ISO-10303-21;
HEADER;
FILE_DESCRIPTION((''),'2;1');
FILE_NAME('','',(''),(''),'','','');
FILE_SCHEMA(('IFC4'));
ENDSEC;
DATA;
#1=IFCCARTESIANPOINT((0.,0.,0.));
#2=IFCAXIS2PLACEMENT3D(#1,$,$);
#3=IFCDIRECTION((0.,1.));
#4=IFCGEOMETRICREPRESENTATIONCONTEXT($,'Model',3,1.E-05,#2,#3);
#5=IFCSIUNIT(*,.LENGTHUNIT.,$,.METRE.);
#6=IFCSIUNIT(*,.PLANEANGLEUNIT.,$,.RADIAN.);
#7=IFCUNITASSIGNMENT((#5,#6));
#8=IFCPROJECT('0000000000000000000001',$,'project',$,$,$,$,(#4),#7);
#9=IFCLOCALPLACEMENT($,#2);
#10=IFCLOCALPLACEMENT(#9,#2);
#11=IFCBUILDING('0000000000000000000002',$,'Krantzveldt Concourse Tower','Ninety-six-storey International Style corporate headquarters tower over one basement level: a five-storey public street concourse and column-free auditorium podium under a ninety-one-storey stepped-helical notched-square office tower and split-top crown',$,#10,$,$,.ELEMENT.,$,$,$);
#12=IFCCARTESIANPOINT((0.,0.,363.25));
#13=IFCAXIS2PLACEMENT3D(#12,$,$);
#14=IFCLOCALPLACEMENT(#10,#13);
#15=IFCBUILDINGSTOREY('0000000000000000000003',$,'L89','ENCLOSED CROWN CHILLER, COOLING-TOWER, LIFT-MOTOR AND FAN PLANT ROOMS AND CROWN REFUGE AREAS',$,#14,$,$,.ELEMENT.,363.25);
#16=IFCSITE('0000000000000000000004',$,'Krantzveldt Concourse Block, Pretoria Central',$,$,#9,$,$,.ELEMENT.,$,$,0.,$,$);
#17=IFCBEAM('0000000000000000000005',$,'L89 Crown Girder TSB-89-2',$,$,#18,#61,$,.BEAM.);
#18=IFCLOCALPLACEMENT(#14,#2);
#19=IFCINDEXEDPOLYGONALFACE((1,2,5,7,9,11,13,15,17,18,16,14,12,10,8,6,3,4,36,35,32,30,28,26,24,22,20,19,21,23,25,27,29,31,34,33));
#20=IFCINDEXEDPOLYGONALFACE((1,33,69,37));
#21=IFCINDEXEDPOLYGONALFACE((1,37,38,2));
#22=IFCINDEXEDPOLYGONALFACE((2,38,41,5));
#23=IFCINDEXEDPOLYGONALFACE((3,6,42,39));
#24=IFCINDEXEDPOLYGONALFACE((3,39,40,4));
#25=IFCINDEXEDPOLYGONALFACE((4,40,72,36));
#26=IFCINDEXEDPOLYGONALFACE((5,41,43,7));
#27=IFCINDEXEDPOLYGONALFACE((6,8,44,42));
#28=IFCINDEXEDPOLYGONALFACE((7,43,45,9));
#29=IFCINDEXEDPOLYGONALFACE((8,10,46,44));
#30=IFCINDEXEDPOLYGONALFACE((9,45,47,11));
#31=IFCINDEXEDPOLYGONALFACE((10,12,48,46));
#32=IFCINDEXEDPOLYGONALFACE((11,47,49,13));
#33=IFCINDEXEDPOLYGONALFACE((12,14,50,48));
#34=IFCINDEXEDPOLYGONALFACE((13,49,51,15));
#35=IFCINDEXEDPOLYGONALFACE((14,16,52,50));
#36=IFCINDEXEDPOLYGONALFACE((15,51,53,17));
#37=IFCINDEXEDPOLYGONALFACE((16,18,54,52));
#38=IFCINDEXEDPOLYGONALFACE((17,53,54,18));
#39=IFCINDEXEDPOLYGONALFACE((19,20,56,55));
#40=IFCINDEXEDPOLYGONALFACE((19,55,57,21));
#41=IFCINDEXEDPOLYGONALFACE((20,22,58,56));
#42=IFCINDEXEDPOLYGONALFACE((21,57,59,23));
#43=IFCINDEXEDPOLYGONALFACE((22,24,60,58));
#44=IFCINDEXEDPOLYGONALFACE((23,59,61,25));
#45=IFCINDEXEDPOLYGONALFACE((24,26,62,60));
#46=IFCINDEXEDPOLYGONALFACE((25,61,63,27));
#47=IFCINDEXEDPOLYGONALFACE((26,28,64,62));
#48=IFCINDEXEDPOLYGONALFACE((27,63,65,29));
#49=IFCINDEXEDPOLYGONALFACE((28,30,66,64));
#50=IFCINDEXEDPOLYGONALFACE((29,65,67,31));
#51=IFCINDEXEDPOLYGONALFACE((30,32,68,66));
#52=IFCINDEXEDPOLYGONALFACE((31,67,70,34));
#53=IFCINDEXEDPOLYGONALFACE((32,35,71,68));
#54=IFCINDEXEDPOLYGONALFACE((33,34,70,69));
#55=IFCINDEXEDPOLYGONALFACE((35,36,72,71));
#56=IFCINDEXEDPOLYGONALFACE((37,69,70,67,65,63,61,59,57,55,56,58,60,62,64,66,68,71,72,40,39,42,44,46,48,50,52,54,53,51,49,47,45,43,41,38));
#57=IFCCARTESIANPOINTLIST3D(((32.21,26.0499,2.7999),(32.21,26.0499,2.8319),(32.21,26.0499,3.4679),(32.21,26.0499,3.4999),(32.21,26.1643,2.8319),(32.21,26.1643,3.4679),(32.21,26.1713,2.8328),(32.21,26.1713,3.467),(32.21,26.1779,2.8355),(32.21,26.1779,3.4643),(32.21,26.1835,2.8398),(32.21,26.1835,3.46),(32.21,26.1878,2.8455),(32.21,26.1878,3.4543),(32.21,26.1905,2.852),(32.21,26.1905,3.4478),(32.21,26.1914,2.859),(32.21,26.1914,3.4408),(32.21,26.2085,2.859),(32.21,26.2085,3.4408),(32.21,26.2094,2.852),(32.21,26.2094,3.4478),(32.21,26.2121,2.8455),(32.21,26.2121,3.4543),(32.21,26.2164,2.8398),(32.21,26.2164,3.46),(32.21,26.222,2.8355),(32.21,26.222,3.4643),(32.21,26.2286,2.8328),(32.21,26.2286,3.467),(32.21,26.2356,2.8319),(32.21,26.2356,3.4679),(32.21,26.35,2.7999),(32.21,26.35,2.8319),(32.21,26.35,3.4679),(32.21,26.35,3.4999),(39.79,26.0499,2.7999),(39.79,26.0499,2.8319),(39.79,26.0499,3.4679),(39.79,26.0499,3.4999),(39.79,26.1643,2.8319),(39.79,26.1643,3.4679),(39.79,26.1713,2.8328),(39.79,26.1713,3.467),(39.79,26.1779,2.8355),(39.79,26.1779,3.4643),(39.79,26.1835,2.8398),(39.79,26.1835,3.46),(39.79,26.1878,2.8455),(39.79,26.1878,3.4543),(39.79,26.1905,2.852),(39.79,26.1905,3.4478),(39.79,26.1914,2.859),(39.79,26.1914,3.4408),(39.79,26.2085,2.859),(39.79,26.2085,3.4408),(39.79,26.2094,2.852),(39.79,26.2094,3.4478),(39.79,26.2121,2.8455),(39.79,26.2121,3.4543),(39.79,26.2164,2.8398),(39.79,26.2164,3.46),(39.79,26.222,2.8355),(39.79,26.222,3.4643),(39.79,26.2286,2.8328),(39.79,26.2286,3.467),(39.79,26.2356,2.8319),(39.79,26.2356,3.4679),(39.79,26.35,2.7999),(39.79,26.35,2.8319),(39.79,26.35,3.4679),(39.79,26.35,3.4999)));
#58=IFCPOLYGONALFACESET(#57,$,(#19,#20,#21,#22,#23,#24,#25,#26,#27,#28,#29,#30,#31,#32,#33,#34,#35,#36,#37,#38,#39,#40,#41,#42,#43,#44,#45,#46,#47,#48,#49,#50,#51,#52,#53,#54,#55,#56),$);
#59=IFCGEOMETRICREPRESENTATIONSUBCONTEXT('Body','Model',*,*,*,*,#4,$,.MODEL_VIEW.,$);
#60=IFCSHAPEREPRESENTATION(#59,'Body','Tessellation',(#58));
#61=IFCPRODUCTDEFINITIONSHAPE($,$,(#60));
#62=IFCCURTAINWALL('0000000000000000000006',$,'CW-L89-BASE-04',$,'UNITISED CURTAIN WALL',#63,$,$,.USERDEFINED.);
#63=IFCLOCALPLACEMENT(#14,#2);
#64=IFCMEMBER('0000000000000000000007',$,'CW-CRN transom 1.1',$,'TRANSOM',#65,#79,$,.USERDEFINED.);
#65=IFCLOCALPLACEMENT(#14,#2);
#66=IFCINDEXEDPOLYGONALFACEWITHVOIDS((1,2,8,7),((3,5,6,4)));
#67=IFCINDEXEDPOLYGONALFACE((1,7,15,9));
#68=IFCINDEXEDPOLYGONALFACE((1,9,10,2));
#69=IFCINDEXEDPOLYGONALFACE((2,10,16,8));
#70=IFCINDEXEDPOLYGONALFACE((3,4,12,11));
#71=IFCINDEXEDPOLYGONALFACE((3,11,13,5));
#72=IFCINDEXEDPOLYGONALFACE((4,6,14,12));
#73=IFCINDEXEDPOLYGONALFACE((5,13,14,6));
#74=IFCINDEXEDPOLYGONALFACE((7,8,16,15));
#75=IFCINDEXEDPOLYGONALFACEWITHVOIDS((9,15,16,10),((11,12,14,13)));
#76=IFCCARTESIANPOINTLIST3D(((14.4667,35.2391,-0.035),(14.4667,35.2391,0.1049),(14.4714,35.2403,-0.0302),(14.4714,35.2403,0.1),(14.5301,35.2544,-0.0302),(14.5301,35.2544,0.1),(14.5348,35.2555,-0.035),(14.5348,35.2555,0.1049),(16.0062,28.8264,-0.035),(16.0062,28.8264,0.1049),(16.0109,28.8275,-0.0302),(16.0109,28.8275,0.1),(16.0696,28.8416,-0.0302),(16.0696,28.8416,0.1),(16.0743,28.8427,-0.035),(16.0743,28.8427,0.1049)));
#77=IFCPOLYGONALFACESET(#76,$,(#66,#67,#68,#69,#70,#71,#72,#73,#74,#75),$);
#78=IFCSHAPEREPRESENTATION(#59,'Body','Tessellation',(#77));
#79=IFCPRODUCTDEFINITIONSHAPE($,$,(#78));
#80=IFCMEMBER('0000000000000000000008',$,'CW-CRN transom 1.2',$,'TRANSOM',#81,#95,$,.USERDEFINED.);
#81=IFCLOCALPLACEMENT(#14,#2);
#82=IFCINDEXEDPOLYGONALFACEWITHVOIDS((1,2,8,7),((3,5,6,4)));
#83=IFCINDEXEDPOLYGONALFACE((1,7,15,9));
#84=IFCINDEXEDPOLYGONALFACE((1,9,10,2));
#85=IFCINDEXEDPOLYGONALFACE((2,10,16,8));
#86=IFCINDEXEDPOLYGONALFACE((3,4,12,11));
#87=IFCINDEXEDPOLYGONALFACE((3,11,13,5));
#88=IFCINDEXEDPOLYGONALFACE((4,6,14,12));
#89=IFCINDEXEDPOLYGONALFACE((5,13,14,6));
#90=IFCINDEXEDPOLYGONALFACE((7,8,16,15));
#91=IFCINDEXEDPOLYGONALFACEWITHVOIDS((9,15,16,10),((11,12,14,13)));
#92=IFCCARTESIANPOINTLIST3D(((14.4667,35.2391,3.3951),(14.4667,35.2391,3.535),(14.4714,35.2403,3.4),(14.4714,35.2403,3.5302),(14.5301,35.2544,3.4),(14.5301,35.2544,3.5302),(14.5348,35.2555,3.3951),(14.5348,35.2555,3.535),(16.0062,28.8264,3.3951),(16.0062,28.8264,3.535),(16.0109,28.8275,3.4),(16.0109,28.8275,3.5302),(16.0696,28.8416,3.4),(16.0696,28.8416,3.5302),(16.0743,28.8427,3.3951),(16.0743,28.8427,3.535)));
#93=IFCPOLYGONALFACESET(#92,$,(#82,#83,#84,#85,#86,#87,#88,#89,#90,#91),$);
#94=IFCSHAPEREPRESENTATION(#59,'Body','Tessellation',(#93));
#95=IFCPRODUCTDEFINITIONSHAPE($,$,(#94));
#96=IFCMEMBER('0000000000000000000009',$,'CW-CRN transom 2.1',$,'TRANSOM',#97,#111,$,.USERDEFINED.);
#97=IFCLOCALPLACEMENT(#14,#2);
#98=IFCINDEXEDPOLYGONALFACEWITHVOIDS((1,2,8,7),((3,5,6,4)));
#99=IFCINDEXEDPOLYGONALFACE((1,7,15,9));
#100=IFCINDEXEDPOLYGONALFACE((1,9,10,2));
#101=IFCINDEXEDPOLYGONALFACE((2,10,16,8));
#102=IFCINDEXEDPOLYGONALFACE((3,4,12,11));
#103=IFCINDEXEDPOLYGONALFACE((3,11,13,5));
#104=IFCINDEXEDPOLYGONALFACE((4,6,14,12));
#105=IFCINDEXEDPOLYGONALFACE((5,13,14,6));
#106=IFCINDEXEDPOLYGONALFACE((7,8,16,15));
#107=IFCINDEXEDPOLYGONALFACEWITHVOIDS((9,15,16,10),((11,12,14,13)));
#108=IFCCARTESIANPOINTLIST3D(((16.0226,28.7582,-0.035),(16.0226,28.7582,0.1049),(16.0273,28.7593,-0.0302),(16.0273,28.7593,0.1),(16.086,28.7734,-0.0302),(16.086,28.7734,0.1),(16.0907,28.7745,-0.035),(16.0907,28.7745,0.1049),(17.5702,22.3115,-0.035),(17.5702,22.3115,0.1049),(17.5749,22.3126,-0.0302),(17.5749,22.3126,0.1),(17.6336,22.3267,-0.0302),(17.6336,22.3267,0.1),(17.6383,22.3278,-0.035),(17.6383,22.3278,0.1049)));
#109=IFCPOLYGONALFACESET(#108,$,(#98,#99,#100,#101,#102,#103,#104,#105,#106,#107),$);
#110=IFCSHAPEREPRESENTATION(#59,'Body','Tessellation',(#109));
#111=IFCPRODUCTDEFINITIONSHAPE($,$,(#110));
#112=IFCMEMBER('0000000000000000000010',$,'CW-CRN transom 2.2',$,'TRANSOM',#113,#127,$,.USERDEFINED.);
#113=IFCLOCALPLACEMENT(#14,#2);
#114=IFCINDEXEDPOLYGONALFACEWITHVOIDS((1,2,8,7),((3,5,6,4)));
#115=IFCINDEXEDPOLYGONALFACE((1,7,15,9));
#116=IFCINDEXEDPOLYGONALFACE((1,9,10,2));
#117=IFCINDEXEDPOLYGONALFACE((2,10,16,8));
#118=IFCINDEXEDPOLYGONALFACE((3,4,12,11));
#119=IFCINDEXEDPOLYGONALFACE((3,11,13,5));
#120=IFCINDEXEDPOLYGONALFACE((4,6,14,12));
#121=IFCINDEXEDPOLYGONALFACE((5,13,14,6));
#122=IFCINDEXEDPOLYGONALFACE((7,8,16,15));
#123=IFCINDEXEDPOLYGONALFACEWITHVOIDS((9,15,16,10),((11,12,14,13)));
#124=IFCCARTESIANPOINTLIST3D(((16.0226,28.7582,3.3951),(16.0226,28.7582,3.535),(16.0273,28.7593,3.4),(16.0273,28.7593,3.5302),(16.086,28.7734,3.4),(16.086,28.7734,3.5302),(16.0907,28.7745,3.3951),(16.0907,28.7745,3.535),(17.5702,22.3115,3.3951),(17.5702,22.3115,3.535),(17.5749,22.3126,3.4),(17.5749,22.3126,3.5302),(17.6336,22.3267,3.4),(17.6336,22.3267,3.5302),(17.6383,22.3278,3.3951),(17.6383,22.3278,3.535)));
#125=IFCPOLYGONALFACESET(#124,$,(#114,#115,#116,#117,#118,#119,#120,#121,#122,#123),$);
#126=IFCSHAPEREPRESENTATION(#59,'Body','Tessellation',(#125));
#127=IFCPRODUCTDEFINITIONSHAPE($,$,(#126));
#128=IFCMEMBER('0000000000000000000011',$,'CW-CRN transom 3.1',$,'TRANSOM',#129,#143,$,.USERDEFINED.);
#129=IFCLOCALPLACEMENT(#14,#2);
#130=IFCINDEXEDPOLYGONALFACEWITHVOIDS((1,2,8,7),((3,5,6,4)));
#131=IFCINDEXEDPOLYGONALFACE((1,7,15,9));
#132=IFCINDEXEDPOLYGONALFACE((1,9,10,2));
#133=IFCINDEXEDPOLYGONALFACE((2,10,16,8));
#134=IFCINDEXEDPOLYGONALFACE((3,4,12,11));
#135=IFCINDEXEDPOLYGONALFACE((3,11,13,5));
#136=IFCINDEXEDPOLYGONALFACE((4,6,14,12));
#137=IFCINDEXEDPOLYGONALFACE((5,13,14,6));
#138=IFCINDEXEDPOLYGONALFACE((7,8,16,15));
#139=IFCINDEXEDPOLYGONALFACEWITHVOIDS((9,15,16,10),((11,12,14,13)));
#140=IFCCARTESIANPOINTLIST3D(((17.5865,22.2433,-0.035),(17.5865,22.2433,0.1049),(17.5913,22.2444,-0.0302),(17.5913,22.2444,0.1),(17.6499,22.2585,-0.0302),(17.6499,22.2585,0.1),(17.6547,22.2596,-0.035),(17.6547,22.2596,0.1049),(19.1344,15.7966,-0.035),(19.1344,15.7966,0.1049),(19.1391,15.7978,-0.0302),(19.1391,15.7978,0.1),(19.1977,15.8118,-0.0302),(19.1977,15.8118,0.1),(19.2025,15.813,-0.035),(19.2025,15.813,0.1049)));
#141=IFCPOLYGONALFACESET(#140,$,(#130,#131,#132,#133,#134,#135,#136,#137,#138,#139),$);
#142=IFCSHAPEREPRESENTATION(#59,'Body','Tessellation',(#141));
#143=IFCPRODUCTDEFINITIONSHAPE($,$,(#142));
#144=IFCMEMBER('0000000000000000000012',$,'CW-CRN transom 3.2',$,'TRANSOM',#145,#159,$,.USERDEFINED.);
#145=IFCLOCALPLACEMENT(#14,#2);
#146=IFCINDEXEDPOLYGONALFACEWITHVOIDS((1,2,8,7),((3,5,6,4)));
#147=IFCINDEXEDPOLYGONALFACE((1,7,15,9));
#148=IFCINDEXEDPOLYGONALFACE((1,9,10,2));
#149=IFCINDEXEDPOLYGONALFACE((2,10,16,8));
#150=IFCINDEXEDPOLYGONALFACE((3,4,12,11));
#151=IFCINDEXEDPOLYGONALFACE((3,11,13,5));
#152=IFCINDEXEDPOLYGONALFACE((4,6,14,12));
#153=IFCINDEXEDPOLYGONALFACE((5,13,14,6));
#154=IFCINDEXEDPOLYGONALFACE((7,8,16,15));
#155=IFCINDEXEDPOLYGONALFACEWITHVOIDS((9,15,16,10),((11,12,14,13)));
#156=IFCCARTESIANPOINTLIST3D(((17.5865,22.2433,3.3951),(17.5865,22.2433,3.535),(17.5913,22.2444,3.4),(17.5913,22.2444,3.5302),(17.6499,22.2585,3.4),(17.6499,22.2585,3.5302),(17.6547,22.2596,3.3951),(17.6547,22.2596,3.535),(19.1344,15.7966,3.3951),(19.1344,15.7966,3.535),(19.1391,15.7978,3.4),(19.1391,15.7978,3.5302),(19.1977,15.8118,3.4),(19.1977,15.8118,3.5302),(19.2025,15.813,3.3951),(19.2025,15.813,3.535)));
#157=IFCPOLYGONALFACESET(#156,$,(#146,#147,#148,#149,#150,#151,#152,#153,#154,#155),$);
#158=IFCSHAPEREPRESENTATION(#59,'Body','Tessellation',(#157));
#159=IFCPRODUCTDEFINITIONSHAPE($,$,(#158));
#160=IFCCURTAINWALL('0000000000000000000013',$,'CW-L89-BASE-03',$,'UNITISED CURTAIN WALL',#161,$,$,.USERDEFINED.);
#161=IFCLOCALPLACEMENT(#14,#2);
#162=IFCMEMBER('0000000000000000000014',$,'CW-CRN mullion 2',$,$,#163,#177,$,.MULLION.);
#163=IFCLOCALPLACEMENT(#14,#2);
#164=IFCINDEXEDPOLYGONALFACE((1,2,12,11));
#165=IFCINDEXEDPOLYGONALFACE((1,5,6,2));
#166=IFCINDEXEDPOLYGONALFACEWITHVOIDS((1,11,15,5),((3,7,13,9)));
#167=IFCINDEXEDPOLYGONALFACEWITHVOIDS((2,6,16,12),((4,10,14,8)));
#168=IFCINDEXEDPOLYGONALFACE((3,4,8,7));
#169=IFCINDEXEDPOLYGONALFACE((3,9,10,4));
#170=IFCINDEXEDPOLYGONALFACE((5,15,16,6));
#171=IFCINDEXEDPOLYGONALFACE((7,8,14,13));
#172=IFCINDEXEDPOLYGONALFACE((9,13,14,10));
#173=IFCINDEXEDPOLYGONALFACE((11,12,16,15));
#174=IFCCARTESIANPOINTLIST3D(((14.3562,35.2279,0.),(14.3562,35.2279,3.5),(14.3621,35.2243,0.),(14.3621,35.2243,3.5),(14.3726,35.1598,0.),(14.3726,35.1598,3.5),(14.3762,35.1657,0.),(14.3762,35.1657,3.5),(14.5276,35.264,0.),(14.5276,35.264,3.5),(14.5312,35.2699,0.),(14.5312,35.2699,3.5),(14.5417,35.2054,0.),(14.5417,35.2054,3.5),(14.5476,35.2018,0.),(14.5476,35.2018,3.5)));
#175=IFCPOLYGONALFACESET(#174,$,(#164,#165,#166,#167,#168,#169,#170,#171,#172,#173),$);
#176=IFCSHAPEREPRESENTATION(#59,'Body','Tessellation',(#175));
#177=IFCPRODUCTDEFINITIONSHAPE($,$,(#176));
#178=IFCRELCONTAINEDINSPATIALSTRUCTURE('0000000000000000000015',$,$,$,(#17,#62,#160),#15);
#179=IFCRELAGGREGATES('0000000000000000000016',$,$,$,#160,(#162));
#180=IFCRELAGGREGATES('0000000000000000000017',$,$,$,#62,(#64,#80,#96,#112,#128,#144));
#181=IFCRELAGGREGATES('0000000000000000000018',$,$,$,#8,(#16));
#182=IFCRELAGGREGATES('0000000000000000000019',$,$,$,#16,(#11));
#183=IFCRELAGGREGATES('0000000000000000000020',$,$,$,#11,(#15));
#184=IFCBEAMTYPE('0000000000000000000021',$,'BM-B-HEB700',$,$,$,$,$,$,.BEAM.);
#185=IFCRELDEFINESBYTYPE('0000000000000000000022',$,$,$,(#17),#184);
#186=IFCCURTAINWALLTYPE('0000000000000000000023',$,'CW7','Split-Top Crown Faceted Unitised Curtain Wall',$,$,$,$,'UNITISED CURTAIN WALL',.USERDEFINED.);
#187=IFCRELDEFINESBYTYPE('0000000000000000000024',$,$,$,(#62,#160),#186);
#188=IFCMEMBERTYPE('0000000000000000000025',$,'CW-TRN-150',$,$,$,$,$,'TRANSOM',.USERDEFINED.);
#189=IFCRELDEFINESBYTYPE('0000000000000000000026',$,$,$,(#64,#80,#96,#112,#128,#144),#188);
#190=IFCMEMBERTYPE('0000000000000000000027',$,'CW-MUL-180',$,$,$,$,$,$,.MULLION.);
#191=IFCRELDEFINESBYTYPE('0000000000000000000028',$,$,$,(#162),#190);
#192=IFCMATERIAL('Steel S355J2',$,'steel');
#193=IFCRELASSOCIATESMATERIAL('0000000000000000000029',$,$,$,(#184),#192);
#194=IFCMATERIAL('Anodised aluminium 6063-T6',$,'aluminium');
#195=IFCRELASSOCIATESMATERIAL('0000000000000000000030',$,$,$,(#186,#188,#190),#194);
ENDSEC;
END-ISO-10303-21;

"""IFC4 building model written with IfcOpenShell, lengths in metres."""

from ifc_helpers import new_model, si_unit, direction, frame, origin, origin_2d, place, context, subcontext, project, spatial, hollow_rectangle, i_section, extrude, source, transform, mapped, material, material_profile, profile_set, type_object, type_shapes, element, aggregate, save


model = new_model("IFC4")

# Units and contexts
model_context = context("Model", 3, precision=1e-05, world=origin(), true_north=direction((0.0, 1.0)))
body_context = subcontext(model_context, "Body", "Model", "MODEL_VIEW")
ifc_project = project(units=[si_unit("LENGTHUNIT", "METRE"), si_unit("PLANEANGLEUNIT", "RADIAN")], contexts=[model_context])

# Site, building, storey
site_placement = place(None, origin())
site = spatial("IfcSite", under=ifc_project, at=site_placement, Name="Krantzveldt Concourse Block, Pretoria Central", CompositionType="ELEMENT", RefElevation=0.0)
building_placement = place(site_placement, origin())
building = spatial("IfcBuilding", under=site, at=building_placement, Name="Krantzveldt Concourse Tower", Description="Ninety-six-storey International Style corporate headquarters tower over one basement level: a five-storey public street concourse and column-free auditorium podium under a ninety-one-storey stepped-helical notched-square office tower and split-top crown", CompositionType="ELEMENT")
storey_placement = place(building_placement, frame((0.0, 0.0, 363.25)))
storey = spatial("IfcBuildingStorey", under=building, at=storey_placement, Name="L89", Description="ENCLOSED CROWN CHILLER, COOLING-TOWER, LIFT-MOTOR AND FAN PLANT ROOMS AND CROWN REFUGE AREAS", CompositionType="ELEMENT", Elevation=363.25)

# Beam
ifc_material_1 = material(Name="Steel S355J2", Category="steel")
ifc_material_profile_1 = material_profile(ifc_material_1, i_section(OverallWidth=0.3, OverallDepth=0.7, WebThickness=0.0171, FlangeThickness=0.032, FilletRadius=0.0271, at=origin_2d()), Name="Steel S355J2", Category="steel")
ifc_profile_set_1 = profile_set([ifc_material_profile_1], Name="Steel S355J2 - HEB 700")
beam_type_1 = type_object("IfcBeamType", Name="BM-B-HEB700", PredefinedType="BEAM", material=ifc_profile_set_1)
shared_shape_1 = source(origin(), body_context, "Body", "SweptSolid", [
    extrude(i_section(OverallWidth=0.3, OverallDepth=0.7, WebThickness=0.0171, FlangeThickness=0.032, FilletRadius=0.0271, at=origin_2d()), origin(), (0.0, 0.0, 1.0), 7.5801),
])
beam_1_placement = place(storey_placement, frame((32.21, 26.2, 3.1499), z_axis=(1.0, 0.0, 0.0), x_axis=(0.0, 1.0, 0.0)))
element("IfcBeam", 1, at=beam_1_placement, inside=storey, type_object=beam_type_1, Name="L89 Crown Girder TSB-89-2", PredefinedType="BEAM", context=body_context, shape_type="MappedRepresentation", body=[
    mapped(shared_shape_1, transform((0.0, 0.0, 0.0), x_axis=(1.0, 0.0, 0.0), y_axis=(0.0, 1.0, 0.0), z_axis=(0.0, 0.0, 1.0), scale=1.0)),
])

# Curtain wall, members
ifc_material_2 = material(Name="Anodised aluminium 6063-T6", Category="aluminium")
curtain_wall_type = type_object("IfcCurtainWallType", Name="CW7", Description="Split-Top Crown Faceted Unitised Curtain Wall", ElementType="UNITISED CURTAIN WALL", PredefinedType="USERDEFINED", material=ifc_material_2)
curtain_wall_1_placement = place(storey_placement, origin())
curtain_wall_1 = element("IfcCurtainWall", 2, at=curtain_wall_1_placement, inside=storey, type_object=curtain_wall_type, Name="CW-L89-BASE-04", ObjectType="UNITISED CURTAIN WALL", PredefinedType="USERDEFINED")
ifc_material_profile_2 = material_profile(ifc_material_2, hollow_rectangle(XDim=0.0701, YDim=0.1399, WallThickness=0.0049, at=origin_2d()), Name="Anodised aluminium 6063-T6", Category="aluminium")
ifc_profile_set_2 = profile_set([ifc_material_profile_2], Name="Anodised aluminium 6063-T6 - ALU-TRAN 140x70x5")
member_type_1 = type_object("IfcMemberType", Name="CW-TRN-150", ElementType="TRANSOM", PredefinedType="USERDEFINED", material=ifc_profile_set_2)
shared_shape_2 = source(origin(), body_context, "Body", "SweptSolid", [
    extrude(hollow_rectangle(XDim=0.0701, YDim=0.1399, WallThickness=0.0049, at=origin_2d()), origin(), (0.0, 0.0, 1.0), 6.595),
])
member_1_placement = place(storey_placement, frame((14.5007, 35.2473, 0.0349), z_axis=(0.23344, -0.972371, 0.0), x_axis=(0.972371, 0.23344, 0.0)))
member_1 = element("IfcMember", 3, at=member_1_placement, type_object=member_type_1, Name="CW-CRN transom 1.1", ObjectType="TRANSOM", PredefinedType="USERDEFINED", context=body_context, shape_type="MappedRepresentation", body=[
    mapped(shared_shape_2, transform((0.0, 0.0, 0.0), x_axis=(1.0, 0.0, 0.0), y_axis=(0.0, 1.0, 0.0), z_axis=(0.0, 0.0, 1.0), scale=1.0)),
])
member_2_placement = place(storey_placement, frame((14.5007, 35.2473, 3.4651), z_axis=(0.23344, -0.972371, 0.0), x_axis=(0.972371, 0.23344, 0.0)))
member_2 = element("IfcMember", 4, at=member_2_placement, type_object=member_type_1, Name="CW-CRN transom 1.2", ObjectType="TRANSOM", PredefinedType="USERDEFINED", context=body_context, shape_type="MappedRepresentation", body=[
    mapped(shared_shape_2, transform((0.0, 0.0, 0.0), x_axis=(1.0, 0.0, 0.0), y_axis=(0.0, 1.0, 0.0), z_axis=(0.0, 0.0, 1.0), scale=1.0)),
])
shared_shape_3 = source(origin(), body_context, "Body", "SweptSolid", [
    extrude(hollow_rectangle(XDim=0.0701, YDim=0.1399, WallThickness=0.0049, at=origin_2d()), origin(), (0.0, 0.0, 1.0), 6.6299),
])
type_shapes(member_type_1, [shared_shape_2, shared_shape_3])
member_3_placement = place(storey_placement, frame((16.0566, 28.7664, 0.0349), z_axis=(0.233427, -0.972374, 0.0), x_axis=(0.972374, 0.233427, 0.0)))
member_3 = element("IfcMember", 5, at=member_3_placement, type_object=member_type_1, Name="CW-CRN transom 2.1", ObjectType="TRANSOM", PredefinedType="USERDEFINED", context=body_context, shape_type="MappedRepresentation", body=[
    mapped(shared_shape_3, transform((0.0, 0.0, 0.0), x_axis=(1.0, 0.0, 0.0), y_axis=(0.0, 1.0, 0.0), z_axis=(0.0, 0.0, 1.0), scale=1.0)),
])
member_4_placement = place(storey_placement, frame((16.0566, 28.7664, 3.4651), z_axis=(0.233427, -0.972374, 0.0), x_axis=(0.972374, 0.233427, 0.0)))
member_4 = element("IfcMember", 6, at=member_4_placement, type_object=member_type_1, Name="CW-CRN transom 2.2", ObjectType="TRANSOM", PredefinedType="USERDEFINED", context=body_context, shape_type="MappedRepresentation", body=[
    mapped(shared_shape_3, transform((0.0, 0.0, 0.0), x_axis=(1.0, 0.0, 0.0), y_axis=(0.0, 1.0, 0.0), z_axis=(0.0, 0.0, 1.0), scale=1.0)),
])
member_5_placement = place(storey_placement, frame((17.6206, 22.2515, 0.0349), z_axis=(0.233462, -0.972366, 0.0), x_axis=(0.972366, 0.233462, 0.0)))
member_5 = element("IfcMember", 7, at=member_5_placement, type_object=member_type_1, Name="CW-CRN transom 3.1", ObjectType="TRANSOM", PredefinedType="USERDEFINED", context=body_context, shape_type="MappedRepresentation", body=[
    mapped(shared_shape_3, transform((0.0, 0.0, 0.0), x_axis=(1.0, 0.0, 0.0), y_axis=(0.0, 1.0, 0.0), z_axis=(0.0, 0.0, 1.0), scale=1.0)),
])
member_6_placement = place(storey_placement, frame((17.6206, 22.2515, 3.4651), z_axis=(0.233462, -0.972366, 0.0), x_axis=(0.972366, 0.233462, 0.0)))
member_6 = element("IfcMember", 8, at=member_6_placement, type_object=member_type_1, Name="CW-CRN transom 3.2", ObjectType="TRANSOM", PredefinedType="USERDEFINED", context=body_context, shape_type="MappedRepresentation", body=[
    mapped(shared_shape_3, transform((0.0, 0.0, 0.0), x_axis=(1.0, 0.0, 0.0), y_axis=(0.0, 1.0, 0.0), z_axis=(0.0, 0.0, 1.0), scale=1.0)),
])

# Curtain wall, member
curtain_wall_2_placement = place(storey_placement, origin())
curtain_wall_2 = element("IfcCurtainWall", 9, at=curtain_wall_2_placement, inside=storey, type_object=curtain_wall_type, Name="CW-L89-BASE-03", ObjectType="UNITISED CURTAIN WALL", PredefinedType="USERDEFINED")
ifc_material_profile_3 = material_profile(ifc_material_2, hollow_rectangle(XDim=0.0701, YDim=0.1799, WallThickness=0.0049, at=origin_2d()), Name="Anodised aluminium 6063-T6", Category="aluminium")
ifc_profile_set_3 = profile_set([ifc_material_profile_3], Name="Anodised aluminium 6063-T6 - ALU-MULL 180x70x5")
member_type_2 = type_object("IfcMemberType", Name="CW-MUL-180", PredefinedType="MULLION", material=ifc_profile_set_3)
shared_shape_4 = source(origin(), body_context, "Body", "SweptSolid", [
    extrude(hollow_rectangle(XDim=0.0701, YDim=0.1799, WallThickness=0.0049, at=origin_2d()), origin(), (0.0, 0.0, 1.0), 3.5),
])
type_shapes(member_type_2, [shared_shape_4])
member_7_placement = place(storey_placement, frame((14.4519, 35.2148, 0.0), z_axis=(0.0, 0.0, 1.0), x_axis=(0.233444, -0.97237, 0.0)))
member_7 = element("IfcMember", 10, at=member_7_placement, type_object=member_type_2, Name="CW-CRN mullion 2", PredefinedType="MULLION", context=body_context, shape_type="MappedRepresentation", body=[
    mapped(shared_shape_4, transform((0.0, 0.0, 0.0), x_axis=(1.0, 0.0, 0.0), y_axis=(0.0, 1.0, 0.0), z_axis=(0.0, 0.0, 1.0), scale=1.0)),
])
aggregate(curtain_wall_2, [member_7])

aggregate(curtain_wall_1, [member_1, member_2, member_3, member_4, member_5, member_6])

save(model, "model.ifc")
